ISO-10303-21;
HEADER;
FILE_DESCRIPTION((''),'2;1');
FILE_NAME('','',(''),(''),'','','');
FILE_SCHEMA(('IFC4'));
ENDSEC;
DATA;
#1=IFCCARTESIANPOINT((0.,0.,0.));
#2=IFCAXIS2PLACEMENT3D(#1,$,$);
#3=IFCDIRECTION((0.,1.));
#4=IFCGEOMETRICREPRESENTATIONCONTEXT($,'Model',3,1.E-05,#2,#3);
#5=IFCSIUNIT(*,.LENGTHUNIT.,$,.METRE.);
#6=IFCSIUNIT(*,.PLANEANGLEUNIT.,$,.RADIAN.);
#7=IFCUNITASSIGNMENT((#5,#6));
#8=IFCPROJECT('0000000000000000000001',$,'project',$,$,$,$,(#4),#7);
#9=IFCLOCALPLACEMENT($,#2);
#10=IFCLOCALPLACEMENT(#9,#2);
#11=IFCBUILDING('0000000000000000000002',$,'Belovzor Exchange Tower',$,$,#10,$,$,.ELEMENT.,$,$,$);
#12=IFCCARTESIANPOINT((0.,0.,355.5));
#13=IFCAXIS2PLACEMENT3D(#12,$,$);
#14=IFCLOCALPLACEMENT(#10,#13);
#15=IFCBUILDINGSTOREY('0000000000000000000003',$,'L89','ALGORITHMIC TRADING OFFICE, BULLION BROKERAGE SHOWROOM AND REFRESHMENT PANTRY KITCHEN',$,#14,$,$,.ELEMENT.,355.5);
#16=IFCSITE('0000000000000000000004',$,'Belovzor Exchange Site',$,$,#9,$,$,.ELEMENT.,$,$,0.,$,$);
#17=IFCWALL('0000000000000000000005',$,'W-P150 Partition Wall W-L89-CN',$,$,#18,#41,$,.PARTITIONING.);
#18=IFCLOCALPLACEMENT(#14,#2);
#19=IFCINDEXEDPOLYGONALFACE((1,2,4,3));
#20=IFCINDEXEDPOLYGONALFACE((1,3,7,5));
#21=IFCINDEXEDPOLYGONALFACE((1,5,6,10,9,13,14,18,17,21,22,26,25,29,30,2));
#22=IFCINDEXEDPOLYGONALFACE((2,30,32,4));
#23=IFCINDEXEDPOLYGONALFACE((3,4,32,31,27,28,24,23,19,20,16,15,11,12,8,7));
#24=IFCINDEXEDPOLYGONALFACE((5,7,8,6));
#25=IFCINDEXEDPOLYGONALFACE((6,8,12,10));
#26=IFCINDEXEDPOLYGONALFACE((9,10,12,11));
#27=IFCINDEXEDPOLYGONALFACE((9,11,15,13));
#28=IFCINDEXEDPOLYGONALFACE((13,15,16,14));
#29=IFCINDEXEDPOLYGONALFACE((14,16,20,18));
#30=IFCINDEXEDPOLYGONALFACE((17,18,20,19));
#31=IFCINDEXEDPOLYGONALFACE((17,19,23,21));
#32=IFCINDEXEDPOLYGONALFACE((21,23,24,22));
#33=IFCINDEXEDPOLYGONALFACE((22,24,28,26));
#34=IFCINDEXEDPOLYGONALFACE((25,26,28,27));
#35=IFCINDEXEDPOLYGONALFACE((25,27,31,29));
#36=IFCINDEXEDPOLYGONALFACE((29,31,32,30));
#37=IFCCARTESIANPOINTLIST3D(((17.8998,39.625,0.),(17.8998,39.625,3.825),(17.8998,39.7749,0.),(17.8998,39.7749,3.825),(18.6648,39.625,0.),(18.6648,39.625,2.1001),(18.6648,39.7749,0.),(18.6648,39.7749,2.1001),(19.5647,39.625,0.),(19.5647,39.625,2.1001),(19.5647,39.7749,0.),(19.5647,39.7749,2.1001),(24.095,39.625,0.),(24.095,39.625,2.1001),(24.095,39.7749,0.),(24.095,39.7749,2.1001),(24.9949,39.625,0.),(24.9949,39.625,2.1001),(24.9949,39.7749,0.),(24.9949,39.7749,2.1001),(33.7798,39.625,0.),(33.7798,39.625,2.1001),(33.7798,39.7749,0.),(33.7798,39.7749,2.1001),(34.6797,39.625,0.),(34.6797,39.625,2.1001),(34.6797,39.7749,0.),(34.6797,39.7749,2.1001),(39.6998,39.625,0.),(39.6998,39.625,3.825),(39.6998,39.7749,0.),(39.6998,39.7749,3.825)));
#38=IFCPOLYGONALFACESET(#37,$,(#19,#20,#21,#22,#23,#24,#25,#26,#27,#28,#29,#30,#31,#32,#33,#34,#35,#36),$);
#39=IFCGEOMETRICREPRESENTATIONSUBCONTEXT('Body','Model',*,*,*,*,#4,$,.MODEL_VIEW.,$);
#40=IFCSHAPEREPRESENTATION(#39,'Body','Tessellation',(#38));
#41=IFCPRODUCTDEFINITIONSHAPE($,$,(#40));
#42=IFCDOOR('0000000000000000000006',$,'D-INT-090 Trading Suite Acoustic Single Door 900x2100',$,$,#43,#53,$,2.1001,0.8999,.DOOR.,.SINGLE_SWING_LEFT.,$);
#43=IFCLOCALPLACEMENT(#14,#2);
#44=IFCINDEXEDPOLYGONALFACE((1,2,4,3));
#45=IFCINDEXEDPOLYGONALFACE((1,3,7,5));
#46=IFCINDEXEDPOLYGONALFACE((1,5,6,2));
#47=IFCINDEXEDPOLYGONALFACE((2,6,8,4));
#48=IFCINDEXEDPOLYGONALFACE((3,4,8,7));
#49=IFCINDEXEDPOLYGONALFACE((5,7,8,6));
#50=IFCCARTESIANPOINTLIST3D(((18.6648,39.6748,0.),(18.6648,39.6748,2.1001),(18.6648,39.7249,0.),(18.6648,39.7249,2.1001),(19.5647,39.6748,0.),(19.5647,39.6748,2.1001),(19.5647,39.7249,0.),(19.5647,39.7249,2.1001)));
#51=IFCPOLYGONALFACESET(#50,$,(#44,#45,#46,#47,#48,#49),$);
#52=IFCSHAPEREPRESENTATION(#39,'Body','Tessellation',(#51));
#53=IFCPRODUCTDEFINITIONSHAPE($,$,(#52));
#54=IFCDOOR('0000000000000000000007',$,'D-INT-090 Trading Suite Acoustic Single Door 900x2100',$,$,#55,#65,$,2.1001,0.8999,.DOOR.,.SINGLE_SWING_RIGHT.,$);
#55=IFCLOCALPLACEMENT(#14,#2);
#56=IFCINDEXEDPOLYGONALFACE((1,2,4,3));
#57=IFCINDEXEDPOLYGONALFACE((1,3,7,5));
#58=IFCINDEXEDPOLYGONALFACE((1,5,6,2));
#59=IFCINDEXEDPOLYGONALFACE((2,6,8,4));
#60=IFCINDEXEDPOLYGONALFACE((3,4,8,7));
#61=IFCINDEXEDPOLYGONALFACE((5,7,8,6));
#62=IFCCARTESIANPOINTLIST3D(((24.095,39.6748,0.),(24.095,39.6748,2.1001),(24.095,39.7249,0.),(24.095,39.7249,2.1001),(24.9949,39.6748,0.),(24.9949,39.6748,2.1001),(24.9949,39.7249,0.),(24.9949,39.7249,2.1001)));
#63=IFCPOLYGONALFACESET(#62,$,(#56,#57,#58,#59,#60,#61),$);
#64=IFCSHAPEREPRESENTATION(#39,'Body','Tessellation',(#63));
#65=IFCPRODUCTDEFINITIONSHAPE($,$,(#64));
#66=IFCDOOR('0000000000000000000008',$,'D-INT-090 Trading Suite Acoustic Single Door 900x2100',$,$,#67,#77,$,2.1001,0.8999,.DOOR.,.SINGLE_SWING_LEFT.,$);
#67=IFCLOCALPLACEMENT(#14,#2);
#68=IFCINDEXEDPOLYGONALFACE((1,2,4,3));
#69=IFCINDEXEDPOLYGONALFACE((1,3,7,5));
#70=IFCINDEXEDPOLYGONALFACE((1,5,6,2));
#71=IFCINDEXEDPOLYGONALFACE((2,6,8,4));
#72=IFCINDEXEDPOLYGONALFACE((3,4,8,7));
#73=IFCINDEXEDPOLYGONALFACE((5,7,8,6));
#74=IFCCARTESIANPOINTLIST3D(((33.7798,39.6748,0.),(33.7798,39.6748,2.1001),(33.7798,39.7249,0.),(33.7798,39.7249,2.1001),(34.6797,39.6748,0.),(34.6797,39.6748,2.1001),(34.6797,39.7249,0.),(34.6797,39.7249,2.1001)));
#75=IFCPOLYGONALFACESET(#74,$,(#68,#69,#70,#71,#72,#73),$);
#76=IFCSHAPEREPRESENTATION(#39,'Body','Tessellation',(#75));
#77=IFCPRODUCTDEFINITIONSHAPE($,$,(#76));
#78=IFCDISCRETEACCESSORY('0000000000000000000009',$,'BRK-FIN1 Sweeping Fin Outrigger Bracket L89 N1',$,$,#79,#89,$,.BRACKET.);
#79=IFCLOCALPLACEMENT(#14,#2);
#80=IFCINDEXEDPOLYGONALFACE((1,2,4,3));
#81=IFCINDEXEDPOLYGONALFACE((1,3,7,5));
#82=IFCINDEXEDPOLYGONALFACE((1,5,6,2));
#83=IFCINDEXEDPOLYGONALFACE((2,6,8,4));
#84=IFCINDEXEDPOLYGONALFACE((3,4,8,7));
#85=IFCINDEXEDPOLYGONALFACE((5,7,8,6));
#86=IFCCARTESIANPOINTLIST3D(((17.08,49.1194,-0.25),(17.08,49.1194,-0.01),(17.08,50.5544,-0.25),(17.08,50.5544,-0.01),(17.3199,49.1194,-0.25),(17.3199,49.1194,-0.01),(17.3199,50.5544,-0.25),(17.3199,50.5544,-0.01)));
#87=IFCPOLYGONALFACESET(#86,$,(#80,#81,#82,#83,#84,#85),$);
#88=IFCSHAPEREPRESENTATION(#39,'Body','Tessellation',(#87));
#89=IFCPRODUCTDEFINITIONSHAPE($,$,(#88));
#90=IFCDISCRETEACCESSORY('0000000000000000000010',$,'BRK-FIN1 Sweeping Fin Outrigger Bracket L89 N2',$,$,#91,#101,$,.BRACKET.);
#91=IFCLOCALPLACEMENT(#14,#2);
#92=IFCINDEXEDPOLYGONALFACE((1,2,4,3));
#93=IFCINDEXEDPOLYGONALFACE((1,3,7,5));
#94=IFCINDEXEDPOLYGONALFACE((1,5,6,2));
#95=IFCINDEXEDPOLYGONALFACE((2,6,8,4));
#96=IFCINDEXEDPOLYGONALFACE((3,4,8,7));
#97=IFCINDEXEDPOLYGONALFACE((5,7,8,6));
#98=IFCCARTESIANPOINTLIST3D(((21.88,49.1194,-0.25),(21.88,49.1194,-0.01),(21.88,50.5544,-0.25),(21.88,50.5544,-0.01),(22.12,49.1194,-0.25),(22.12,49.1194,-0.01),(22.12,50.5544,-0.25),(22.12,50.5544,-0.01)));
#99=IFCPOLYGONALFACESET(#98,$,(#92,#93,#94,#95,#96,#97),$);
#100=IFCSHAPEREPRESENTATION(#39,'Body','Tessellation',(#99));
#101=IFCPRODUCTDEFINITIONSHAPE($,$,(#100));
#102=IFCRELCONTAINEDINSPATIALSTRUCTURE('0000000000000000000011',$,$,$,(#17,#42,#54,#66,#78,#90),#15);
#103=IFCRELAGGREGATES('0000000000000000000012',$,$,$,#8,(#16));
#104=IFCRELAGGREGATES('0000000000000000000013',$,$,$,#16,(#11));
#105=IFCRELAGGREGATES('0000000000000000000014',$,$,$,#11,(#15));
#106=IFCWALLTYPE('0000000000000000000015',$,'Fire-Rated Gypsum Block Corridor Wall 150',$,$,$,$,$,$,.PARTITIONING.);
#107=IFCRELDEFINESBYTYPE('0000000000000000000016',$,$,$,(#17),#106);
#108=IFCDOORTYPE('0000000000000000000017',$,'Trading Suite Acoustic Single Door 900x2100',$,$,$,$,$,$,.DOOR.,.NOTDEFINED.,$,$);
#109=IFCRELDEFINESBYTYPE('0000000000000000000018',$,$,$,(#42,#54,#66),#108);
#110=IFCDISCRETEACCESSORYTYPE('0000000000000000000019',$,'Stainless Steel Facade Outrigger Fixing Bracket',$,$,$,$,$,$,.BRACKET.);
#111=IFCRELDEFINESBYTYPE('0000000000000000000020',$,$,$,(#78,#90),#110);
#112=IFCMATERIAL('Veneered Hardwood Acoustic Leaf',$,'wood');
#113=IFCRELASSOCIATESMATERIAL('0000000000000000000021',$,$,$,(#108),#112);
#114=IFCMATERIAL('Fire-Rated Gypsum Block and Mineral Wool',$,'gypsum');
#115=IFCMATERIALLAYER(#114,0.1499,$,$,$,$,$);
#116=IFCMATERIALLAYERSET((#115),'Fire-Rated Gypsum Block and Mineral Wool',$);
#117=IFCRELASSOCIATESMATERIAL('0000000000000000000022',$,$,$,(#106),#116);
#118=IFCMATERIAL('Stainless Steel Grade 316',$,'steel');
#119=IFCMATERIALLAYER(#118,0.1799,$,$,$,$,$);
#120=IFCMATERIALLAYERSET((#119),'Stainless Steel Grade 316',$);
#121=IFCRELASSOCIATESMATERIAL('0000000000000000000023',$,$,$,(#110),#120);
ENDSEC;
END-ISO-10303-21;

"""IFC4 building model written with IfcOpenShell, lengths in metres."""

from ifc_helpers import new_model, si_unit, direction, frame, frame_2d, origin, origin_2d, place, context, subcontext, project, spatial, rectangle, extrude, material, layer, layer_set, type_object, element, fill, save


model = new_model("IFC4")

# Units and contexts
model_context = context("Model", 3, precision=1e-05, world=origin(), true_north=direction((0.0, 1.0)))
body_context = subcontext(model_context, "Body", "Model", "MODEL_VIEW")
ifc_project = project(units=[si_unit("LENGTHUNIT", "METRE"), si_unit("PLANEANGLEUNIT", "RADIAN")], contexts=[model_context])

# Site, building, storey
site_placement = place(None, origin())
site = spatial("IfcSite", under=ifc_project, at=site_placement, Name="Belovzor Exchange Site", CompositionType="ELEMENT", RefElevation=0.0)
building_placement = place(site_placement, origin())
building = spatial("IfcBuilding", under=site, at=building_placement, Name="Belovzor Exchange Tower", CompositionType="ELEMENT")
storey_placement = place(building_placement, frame((0.0, 0.0, 355.5)))
storey = spatial("IfcBuildingStorey", under=building, at=storey_placement, Name="L89", Description="ALGORITHMIC TRADING OFFICE, BULLION BROKERAGE SHOWROOM AND REFRESHMENT PANTRY KITCHEN", CompositionType="ELEMENT", Elevation=355.5)

# Shared definitions
ifc_material_1 = material(Name="Veneered Hardwood Acoustic Leaf", Category="wood")
door_type = type_object("IfcDoorType", Name="Trading Suite Acoustic Single Door 900x2100", OperationType="NOTDEFINED", PredefinedType="DOOR", material=ifc_material_1)

# Wall, openings, doors
ifc_material_2 = material(Name="Fire-Rated Gypsum Block and Mineral Wool", Category="gypsum")
ifc_layer_1 = layer(ifc_material_2, 0.1499)
ifc_layer_set_1 = layer_set([ifc_layer_1], Name="Fire-Rated Gypsum Block and Mineral Wool")
wall_type_1 = type_object("IfcWallType", Name="Fire-Rated Gypsum Block Corridor Wall 150", PredefinedType="PARTITIONING", material=ifc_layer_set_1)
wall_1_placement = place(storey_placement, frame((17.8999, 39.7, 0.0), z_axis=(0.0, 0.0, 1.0), x_axis=(1.0, 0.0, 0.0)))
wall_1 = element("IfcWall", 1, at=wall_1_placement, inside=storey, type_object=wall_type_1, Name="W-P150 Partition Wall W-L89-CN", PredefinedType="PARTITIONING", context=body_context, shape_type="SweptSolid", body=[
    extrude(rectangle(XDim=21.8, YDim=0.1499, at=frame_2d((10.8999, 0.0))), origin(), (0.0, 0.0, 1.0), 3.825),
])
opening_1_placement = place(wall_1_placement, frame((0.7649, 0.0, 0.0)))
opening_1 = element("IfcOpeningElement", 2, at=opening_1_placement, cuts=wall_1, PredefinedType="OPENING", context=body_context, shape_type="SweptSolid", body=[
    extrude(rectangle(XDim=0.8999, YDim=2.1001, at=frame_2d((0.45, 1.05))), frame((0.0, 0.085, 0.0), z_axis=(0.0, -1.0, 0.0), x_axis=(1.0, 0.0, 0.0)), (0.0, 0.0, 1.0), 0.1699),
])
opening_2_placement = place(wall_1_placement, frame((6.1951, 0.0, 0.0)))
opening_2 = element("IfcOpeningElement", 3, at=opening_2_placement, cuts=wall_1, PredefinedType="OPENING", context=body_context, shape_type="SweptSolid", body=[
    extrude(rectangle(XDim=0.8999, YDim=2.1001, at=frame_2d((0.45, 1.05))), frame((0.0, 0.085, 0.0), z_axis=(0.0, -1.0, 0.0), x_axis=(1.0, 0.0, 0.0)), (0.0, 0.0, 1.0), 0.1699),
])
opening_3_placement = place(wall_1_placement, frame((15.8799, 0.0, 0.0)))
opening_3 = element("IfcOpeningElement", 4, at=opening_3_placement, cuts=wall_1, PredefinedType="OPENING", context=body_context, shape_type="SweptSolid", body=[
    extrude(rectangle(XDim=0.8999, YDim=2.1001, at=frame_2d((0.45, 1.05))), frame((0.0, 0.085, 0.0), z_axis=(0.0, -1.0, 0.0), x_axis=(1.0, 0.0, 0.0)), (0.0, 0.0, 1.0), 0.1699),
])
door_1_placement = place(opening_1_placement, origin())
door_1 = element("IfcDoor", 5, at=door_1_placement, inside=storey, type_object=door_type, Name="D-INT-090 Trading Suite Acoustic Single Door 900x2100", OperationType="SINGLE_SWING_LEFT", OverallHeight=2.1001, OverallWidth=0.8999, PredefinedType="DOOR", context=body_context, shape_type="SweptSolid", body=[
    extrude(rectangle(XDim=0.8999, YDim=2.1001, at=frame_2d((0.45, 1.05))), frame((0.0, 0.0249, 0.0), z_axis=(0.0, -1.0, 0.0), x_axis=(1.0, 0.0, 0.0)), (0.0, 0.0, 1.0), 0.05),
])
fill(opening_1, door_1)
door_2_placement = place(opening_2_placement, origin())
door_2 = element("IfcDoor", 6, at=door_2_placement, inside=storey, type_object=door_type, Name="D-INT-090 Trading Suite Acoustic Single Door 900x2100", OperationType="SINGLE_SWING_RIGHT", OverallHeight=2.1001, OverallWidth=0.8999, PredefinedType="DOOR", context=body_context, shape_type="SweptSolid", body=[
    extrude(rectangle(XDim=0.8999, YDim=2.1001, at=frame_2d((0.45, 1.05))), frame((0.0, 0.0249, 0.0), z_axis=(0.0, -1.0, 0.0), x_axis=(1.0, 0.0, 0.0)), (0.0, 0.0, 1.0), 0.05),
])
fill(opening_2, door_2)
door_3_placement = place(opening_3_placement, origin())
door_3 = element("IfcDoor", 7, at=door_3_placement, inside=storey, type_object=door_type, Name="D-INT-090 Trading Suite Acoustic Single Door 900x2100", OperationType="SINGLE_SWING_LEFT", OverallHeight=2.1001, OverallWidth=0.8999, PredefinedType="DOOR", context=body_context, shape_type="SweptSolid", body=[
    extrude(rectangle(XDim=0.8999, YDim=2.1001, at=frame_2d((0.45, 1.05))), frame((0.0, 0.0249, 0.0), z_axis=(0.0, -1.0, 0.0), x_axis=(1.0, 0.0, 0.0)), (0.0, 0.0, 1.0), 0.05),
])
fill(opening_3, door_3)

# Discrete accessories
ifc_material_3 = material(Name="Stainless Steel Grade 316", Category="steel")
ifc_layer_2 = layer(ifc_material_3, 0.1799)
ifc_layer_set_2 = layer_set([ifc_layer_2], Name="Stainless Steel Grade 316")
discrete_accessory_type = type_object("IfcDiscreteAccessoryType", Name="Stainless Steel Facade Outrigger Fixing Bracket", PredefinedType="BRACKET", material=ifc_layer_set_2)
for number, where, z_axis, x_axis, name in (
    (8, (17.2, 49.8369, -0.25), (0.0, 0.0, 1.0), (0.0, 1.0, 0.0), "BRK-FIN1 Sweeping Fin Outrigger Bracket L89 N1"),
    (9, (22.0, 49.8369, -0.25), (0.0, 0.0, 1.0), (0.0, 1.0, 0.0), "BRK-FIN1 Sweeping Fin Outrigger Bracket L89 N2"),
):
    element("IfcDiscreteAccessory", number, at=place(storey_placement, frame(where, z_axis=z_axis, x_axis=x_axis)), inside=storey, type_object=discrete_accessory_type, Name=name, PredefinedType="BRACKET", context=body_context, shape_type="SweptSolid", body=[
        extrude(rectangle(XDim=1.4351, YDim=0.24, at=origin_2d()), origin(), (0.0, 0.0, 1.0), 0.24),
    ])

save(model, "model.ifc")
